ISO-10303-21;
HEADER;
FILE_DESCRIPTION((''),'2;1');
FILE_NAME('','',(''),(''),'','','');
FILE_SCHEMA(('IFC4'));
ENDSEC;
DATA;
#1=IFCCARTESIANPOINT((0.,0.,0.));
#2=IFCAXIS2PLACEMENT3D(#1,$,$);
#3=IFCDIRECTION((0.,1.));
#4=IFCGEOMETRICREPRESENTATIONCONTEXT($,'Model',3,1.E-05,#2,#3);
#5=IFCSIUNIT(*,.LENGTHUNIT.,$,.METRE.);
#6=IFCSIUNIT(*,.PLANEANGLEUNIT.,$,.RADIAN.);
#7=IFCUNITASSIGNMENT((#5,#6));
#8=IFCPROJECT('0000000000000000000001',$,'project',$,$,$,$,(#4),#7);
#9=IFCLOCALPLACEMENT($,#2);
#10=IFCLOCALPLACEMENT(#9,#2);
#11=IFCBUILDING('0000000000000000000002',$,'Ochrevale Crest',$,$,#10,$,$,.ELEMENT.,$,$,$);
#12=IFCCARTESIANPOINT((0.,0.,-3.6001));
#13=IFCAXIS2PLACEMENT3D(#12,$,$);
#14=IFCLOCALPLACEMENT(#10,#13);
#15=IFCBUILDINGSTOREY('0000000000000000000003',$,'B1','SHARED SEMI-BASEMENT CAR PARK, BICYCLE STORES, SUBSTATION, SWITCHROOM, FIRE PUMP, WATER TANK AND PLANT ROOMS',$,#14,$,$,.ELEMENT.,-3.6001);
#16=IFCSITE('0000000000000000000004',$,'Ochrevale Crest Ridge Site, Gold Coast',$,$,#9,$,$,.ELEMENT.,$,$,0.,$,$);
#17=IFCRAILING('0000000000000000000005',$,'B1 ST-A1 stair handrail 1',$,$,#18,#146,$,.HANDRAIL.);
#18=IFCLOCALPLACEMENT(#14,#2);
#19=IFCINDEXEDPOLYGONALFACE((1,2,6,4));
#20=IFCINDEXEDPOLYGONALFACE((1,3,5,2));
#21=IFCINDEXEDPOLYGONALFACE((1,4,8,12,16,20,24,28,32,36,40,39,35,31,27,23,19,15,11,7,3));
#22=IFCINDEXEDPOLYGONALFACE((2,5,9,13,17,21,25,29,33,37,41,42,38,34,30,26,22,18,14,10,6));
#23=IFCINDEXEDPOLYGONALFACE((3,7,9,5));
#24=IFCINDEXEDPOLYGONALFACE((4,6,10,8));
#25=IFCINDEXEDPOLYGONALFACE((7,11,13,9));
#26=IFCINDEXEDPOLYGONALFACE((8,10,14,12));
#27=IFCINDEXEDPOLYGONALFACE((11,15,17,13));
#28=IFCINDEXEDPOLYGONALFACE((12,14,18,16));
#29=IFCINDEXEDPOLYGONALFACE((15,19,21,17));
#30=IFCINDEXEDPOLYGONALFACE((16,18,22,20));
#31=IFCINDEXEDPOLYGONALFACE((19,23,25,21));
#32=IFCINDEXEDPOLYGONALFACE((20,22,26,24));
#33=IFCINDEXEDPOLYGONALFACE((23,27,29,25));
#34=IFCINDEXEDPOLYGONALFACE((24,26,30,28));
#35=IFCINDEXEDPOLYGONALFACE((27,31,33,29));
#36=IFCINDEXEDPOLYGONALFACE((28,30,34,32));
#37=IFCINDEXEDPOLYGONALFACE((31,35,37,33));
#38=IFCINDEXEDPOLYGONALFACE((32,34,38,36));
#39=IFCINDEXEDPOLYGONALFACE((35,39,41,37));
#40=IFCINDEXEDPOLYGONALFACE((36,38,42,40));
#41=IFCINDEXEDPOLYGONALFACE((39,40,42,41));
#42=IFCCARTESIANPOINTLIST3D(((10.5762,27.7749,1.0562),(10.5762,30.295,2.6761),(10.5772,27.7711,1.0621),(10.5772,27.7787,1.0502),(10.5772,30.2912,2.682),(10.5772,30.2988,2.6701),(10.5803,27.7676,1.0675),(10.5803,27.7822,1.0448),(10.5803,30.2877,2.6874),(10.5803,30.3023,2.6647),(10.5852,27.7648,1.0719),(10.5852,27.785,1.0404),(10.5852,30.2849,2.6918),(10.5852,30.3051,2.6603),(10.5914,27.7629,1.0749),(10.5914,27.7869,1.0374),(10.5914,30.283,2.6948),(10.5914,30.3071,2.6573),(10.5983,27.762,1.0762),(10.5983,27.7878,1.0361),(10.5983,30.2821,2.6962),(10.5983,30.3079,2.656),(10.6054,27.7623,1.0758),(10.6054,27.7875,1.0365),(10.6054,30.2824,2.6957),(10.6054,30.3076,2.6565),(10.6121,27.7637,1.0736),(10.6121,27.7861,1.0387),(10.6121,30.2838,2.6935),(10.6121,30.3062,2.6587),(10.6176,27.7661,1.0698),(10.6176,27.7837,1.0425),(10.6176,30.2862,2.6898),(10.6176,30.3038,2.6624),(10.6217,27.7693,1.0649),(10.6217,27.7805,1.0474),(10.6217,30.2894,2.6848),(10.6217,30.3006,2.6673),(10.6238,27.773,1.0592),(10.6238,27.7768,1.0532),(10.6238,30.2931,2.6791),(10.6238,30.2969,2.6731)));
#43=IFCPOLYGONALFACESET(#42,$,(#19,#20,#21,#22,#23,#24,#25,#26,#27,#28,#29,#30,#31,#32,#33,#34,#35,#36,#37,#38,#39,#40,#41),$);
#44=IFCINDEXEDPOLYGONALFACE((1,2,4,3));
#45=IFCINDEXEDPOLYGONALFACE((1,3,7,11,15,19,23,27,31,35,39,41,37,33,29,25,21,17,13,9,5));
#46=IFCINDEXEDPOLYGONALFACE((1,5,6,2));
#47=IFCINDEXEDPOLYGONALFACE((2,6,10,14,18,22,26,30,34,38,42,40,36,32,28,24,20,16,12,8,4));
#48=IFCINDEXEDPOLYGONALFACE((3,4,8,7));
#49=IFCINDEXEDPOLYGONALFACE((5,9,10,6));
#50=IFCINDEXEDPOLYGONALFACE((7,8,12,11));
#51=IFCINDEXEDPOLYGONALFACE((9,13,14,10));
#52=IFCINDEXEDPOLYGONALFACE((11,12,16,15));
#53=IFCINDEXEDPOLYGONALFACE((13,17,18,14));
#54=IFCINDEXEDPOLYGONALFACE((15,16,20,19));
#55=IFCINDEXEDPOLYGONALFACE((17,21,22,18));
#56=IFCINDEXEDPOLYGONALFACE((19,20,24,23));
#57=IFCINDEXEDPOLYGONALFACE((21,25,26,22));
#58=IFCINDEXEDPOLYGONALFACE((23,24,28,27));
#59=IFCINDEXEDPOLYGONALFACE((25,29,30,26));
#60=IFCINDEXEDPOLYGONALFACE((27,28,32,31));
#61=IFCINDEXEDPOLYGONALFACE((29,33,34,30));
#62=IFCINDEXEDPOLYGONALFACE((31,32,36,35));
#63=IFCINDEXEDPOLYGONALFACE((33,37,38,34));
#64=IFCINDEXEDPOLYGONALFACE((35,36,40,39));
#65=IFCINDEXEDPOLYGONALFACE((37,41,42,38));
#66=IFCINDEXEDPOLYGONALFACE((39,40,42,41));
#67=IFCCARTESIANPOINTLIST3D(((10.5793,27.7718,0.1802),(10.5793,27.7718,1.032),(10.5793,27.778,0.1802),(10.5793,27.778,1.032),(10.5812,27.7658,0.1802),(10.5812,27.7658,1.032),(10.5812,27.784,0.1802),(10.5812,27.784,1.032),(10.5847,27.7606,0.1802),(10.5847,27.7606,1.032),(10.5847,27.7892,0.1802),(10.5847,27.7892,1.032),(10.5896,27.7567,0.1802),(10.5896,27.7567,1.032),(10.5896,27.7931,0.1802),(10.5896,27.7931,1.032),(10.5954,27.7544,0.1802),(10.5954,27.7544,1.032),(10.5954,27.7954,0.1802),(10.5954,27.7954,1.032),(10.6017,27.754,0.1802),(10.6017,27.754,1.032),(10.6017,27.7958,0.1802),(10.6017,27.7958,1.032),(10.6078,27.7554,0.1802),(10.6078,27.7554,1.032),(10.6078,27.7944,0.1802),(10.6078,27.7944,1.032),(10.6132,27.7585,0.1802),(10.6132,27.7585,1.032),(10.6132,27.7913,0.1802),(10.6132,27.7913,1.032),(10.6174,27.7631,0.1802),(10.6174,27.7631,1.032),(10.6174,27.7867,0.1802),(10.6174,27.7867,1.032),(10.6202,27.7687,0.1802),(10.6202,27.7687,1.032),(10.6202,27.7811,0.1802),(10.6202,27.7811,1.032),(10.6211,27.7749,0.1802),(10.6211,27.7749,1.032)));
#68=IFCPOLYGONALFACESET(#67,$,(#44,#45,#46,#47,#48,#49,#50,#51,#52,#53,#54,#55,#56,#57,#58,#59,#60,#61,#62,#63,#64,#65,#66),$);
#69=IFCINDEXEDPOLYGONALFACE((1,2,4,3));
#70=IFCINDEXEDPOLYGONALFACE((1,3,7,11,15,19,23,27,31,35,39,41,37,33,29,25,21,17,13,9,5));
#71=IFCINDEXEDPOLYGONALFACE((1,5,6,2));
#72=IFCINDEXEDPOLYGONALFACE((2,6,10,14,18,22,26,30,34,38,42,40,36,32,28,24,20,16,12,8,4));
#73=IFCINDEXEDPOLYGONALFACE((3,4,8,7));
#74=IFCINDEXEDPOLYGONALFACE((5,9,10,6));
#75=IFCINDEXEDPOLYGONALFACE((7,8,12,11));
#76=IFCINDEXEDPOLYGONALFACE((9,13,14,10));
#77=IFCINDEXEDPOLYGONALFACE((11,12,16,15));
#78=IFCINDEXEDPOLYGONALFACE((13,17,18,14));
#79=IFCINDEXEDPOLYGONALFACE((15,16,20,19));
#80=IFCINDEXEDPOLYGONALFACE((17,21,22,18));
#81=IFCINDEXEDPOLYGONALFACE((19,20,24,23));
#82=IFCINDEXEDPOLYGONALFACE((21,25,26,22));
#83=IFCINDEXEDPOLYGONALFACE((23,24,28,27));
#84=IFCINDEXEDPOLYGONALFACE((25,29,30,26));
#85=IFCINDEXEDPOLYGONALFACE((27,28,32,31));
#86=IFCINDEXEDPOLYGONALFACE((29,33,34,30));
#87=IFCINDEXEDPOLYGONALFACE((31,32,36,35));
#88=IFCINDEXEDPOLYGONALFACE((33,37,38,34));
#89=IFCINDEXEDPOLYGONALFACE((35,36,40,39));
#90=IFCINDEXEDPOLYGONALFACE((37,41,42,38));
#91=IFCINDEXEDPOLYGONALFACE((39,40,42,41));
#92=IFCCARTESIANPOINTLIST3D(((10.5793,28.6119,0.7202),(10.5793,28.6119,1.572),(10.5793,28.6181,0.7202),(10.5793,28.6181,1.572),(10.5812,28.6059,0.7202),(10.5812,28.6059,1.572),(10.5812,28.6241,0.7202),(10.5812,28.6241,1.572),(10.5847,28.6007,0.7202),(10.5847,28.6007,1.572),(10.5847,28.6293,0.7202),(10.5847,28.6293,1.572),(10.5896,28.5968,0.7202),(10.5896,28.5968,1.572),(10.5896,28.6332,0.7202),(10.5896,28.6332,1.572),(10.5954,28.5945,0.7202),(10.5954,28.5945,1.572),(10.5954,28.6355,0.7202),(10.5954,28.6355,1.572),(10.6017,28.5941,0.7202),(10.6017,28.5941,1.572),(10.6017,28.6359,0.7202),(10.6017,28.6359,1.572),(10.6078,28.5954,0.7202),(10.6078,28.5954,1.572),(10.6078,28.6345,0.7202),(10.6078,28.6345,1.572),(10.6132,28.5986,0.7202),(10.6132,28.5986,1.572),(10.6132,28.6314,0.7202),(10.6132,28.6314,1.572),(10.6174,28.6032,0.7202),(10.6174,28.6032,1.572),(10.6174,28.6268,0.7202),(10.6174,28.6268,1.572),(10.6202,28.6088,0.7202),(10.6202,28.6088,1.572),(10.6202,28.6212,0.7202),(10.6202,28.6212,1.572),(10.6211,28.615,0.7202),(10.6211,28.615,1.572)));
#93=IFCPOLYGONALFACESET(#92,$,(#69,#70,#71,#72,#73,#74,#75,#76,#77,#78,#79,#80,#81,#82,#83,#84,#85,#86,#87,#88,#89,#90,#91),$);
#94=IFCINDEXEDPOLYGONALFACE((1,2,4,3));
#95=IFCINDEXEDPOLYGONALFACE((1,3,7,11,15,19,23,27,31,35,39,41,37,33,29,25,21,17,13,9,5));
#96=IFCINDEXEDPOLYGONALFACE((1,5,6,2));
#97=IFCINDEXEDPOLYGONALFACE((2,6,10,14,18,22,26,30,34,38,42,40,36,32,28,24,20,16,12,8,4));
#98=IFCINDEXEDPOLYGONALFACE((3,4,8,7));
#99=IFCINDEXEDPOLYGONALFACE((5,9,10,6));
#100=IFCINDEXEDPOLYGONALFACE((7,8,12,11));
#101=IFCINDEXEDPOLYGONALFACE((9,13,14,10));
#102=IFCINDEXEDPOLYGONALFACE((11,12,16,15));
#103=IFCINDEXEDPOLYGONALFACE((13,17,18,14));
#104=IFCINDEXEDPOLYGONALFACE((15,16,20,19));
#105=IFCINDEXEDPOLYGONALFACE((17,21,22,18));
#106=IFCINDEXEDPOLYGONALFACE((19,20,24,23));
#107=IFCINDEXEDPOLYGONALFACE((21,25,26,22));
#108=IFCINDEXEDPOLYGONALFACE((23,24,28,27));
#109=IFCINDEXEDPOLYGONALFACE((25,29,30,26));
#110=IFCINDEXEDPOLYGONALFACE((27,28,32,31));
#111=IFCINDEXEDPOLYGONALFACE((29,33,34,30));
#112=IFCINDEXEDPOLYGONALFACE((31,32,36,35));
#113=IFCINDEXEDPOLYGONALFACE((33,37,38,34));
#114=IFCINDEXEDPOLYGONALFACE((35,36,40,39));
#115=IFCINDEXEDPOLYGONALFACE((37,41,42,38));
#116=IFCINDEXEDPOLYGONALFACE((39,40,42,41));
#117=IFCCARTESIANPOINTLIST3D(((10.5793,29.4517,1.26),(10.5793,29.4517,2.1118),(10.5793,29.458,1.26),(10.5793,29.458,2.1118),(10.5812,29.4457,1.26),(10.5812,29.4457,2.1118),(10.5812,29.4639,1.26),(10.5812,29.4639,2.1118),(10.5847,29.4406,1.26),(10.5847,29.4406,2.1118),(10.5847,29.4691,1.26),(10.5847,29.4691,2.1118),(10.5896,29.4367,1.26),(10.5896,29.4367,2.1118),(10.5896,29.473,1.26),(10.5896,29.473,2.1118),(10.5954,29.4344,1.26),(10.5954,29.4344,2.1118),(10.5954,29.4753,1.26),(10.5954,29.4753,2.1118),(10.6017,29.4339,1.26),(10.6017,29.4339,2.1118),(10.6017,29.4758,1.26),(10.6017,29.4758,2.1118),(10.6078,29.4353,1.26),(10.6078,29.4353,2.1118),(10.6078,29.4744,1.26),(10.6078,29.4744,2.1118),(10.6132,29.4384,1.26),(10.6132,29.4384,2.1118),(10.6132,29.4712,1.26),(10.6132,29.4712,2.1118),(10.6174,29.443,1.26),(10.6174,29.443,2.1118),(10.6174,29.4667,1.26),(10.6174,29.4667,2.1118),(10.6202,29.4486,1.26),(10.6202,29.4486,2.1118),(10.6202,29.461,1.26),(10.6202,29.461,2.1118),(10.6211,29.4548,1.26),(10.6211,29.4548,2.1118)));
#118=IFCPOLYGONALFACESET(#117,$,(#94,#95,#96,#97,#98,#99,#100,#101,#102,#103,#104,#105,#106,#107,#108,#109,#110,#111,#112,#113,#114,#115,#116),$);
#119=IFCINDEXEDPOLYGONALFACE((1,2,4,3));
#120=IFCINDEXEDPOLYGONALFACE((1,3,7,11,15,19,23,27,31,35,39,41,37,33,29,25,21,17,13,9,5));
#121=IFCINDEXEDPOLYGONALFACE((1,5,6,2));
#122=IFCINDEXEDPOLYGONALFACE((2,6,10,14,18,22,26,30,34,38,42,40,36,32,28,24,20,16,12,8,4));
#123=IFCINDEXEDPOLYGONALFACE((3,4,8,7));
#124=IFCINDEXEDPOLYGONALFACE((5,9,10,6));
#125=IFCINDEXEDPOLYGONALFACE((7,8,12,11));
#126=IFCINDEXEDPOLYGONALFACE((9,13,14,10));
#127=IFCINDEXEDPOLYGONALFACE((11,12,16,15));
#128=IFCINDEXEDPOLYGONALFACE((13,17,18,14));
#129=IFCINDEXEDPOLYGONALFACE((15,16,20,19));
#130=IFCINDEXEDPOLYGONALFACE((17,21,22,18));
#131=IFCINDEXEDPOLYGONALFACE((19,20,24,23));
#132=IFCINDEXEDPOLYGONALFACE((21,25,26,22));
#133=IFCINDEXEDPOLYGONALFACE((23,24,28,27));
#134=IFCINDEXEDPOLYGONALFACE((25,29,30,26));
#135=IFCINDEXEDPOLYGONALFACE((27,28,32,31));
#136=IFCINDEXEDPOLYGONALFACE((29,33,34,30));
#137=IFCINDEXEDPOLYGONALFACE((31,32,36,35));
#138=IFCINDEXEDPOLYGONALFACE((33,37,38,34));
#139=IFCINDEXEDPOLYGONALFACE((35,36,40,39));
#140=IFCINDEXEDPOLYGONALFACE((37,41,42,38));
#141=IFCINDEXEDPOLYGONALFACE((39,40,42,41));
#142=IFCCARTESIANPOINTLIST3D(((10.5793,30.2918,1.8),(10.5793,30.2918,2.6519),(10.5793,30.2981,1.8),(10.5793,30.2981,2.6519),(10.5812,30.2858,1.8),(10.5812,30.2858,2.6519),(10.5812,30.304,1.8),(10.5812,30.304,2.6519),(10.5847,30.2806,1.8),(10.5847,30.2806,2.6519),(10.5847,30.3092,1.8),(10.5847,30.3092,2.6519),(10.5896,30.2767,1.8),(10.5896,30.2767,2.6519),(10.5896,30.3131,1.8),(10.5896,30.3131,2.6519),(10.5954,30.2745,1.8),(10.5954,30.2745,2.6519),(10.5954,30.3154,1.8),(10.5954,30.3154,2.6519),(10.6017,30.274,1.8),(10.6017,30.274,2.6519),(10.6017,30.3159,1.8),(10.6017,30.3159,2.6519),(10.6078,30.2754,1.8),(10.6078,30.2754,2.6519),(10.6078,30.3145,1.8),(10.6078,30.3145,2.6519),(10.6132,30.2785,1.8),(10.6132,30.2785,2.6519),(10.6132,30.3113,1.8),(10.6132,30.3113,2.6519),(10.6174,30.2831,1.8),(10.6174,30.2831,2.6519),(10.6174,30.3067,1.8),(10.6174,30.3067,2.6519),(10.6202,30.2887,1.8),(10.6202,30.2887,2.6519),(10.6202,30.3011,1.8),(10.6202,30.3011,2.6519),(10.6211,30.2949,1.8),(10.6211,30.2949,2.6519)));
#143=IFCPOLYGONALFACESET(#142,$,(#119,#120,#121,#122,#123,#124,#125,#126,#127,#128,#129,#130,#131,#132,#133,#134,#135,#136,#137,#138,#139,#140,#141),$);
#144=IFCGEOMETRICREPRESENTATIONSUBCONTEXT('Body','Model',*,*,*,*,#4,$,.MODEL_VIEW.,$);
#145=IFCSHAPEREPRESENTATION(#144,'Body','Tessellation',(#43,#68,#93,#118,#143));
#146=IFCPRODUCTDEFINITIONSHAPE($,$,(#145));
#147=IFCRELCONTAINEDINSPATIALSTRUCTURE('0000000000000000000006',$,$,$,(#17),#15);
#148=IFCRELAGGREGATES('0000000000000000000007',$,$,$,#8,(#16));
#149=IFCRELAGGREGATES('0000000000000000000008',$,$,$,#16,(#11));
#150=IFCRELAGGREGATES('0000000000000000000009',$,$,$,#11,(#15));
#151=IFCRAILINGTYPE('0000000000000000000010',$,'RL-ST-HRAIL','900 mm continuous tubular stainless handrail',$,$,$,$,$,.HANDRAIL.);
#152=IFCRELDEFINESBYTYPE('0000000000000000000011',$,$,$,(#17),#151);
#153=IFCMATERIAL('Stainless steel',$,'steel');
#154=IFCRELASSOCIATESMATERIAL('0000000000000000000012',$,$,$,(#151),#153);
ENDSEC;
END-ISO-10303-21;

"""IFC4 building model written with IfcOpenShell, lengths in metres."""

from ifc_helpers import new_model, si_unit, direction, frame, origin, origin_2d, place, context, subcontext, project, spatial, circle, extrude, material, type_object, element, save


model = new_model("IFC4")

# Units and contexts
model_context = context("Model", 3, precision=1e-05, world=origin(), true_north=direction((0.0, 1.0)))
body_context = subcontext(model_context, "Body", "Model", "MODEL_VIEW")
ifc_project = project(units=[si_unit("LENGTHUNIT", "METRE"), si_unit("PLANEANGLEUNIT", "RADIAN")], contexts=[model_context])

# Site, building, storey
site_placement = place(None, origin())
site = spatial("IfcSite", under=ifc_project, at=site_placement, Name="Ochrevale Crest Ridge Site, Gold Coast", CompositionType="ELEMENT", RefElevation=0.0)
building_placement = place(site_placement, origin())
building = spatial("IfcBuilding", under=site, at=building_placement, Name="Ochrevale Crest", CompositionType="ELEMENT")
storey_placement = place(building_placement, frame((0.0, 0.0, -3.6001)))
storey = spatial("IfcBuildingStorey", under=building, at=storey_placement, Name="B1", Description="SHARED SEMI-BASEMENT CAR PARK, BICYCLE STORES, SUBSTATION, SWITCHROOM, FIRE PUMP, WATER TANK AND PLANT ROOMS", CompositionType="ELEMENT", Elevation=-3.6001)

# Railing
ifc_material_1 = material(Name="Stainless steel", Category="steel")
railing_type_1 = type_object("IfcRailingType", Name="RL-ST-HRAIL", Description="900 mm continuous tubular stainless handrail", PredefinedType="HANDRAIL", material=ifc_material_1)
railing_1_placement = place(storey_placement, frame((10.6001, 27.7749, 0.1802)))
element("IfcRailing", 1, at=railing_1_placement, inside=storey, type_object=railing_type_1, Name="B1 ST-A1 stair handrail 1", PredefinedType="HANDRAIL", context=body_context, shape_type="SweptSolid", body=[
    extrude(circle(Radius=0.0239, at=origin_2d()), frame((0.0, 0.0, 0.876), z_axis=(0.0, 0.8412, 0.540725), x_axis=(-1.0, 0.0, 0.0)), (0.0, 0.0, 1.0), 2.9958),
    extrude(circle(Radius=0.021, at=origin_2d()), origin(), (0.0, 0.0, 1.0), 0.8518),
    extrude(circle(Radius=0.021, at=origin_2d()), frame((0.0, 0.8401, 0.54)), (0.0, 0.0, 1.0), 0.8518),
    extrude(circle(Radius=0.021, at=origin_2d()), frame((0.0, 1.6799, 1.0798)), (0.0, 0.0, 1.0), 0.8518),
    extrude(circle(Radius=0.021, at=origin_2d()), frame((0.0, 2.52, 1.6199)), (0.0, 0.0, 1.0), 0.8518),
])

save(model, "model.ifc")
